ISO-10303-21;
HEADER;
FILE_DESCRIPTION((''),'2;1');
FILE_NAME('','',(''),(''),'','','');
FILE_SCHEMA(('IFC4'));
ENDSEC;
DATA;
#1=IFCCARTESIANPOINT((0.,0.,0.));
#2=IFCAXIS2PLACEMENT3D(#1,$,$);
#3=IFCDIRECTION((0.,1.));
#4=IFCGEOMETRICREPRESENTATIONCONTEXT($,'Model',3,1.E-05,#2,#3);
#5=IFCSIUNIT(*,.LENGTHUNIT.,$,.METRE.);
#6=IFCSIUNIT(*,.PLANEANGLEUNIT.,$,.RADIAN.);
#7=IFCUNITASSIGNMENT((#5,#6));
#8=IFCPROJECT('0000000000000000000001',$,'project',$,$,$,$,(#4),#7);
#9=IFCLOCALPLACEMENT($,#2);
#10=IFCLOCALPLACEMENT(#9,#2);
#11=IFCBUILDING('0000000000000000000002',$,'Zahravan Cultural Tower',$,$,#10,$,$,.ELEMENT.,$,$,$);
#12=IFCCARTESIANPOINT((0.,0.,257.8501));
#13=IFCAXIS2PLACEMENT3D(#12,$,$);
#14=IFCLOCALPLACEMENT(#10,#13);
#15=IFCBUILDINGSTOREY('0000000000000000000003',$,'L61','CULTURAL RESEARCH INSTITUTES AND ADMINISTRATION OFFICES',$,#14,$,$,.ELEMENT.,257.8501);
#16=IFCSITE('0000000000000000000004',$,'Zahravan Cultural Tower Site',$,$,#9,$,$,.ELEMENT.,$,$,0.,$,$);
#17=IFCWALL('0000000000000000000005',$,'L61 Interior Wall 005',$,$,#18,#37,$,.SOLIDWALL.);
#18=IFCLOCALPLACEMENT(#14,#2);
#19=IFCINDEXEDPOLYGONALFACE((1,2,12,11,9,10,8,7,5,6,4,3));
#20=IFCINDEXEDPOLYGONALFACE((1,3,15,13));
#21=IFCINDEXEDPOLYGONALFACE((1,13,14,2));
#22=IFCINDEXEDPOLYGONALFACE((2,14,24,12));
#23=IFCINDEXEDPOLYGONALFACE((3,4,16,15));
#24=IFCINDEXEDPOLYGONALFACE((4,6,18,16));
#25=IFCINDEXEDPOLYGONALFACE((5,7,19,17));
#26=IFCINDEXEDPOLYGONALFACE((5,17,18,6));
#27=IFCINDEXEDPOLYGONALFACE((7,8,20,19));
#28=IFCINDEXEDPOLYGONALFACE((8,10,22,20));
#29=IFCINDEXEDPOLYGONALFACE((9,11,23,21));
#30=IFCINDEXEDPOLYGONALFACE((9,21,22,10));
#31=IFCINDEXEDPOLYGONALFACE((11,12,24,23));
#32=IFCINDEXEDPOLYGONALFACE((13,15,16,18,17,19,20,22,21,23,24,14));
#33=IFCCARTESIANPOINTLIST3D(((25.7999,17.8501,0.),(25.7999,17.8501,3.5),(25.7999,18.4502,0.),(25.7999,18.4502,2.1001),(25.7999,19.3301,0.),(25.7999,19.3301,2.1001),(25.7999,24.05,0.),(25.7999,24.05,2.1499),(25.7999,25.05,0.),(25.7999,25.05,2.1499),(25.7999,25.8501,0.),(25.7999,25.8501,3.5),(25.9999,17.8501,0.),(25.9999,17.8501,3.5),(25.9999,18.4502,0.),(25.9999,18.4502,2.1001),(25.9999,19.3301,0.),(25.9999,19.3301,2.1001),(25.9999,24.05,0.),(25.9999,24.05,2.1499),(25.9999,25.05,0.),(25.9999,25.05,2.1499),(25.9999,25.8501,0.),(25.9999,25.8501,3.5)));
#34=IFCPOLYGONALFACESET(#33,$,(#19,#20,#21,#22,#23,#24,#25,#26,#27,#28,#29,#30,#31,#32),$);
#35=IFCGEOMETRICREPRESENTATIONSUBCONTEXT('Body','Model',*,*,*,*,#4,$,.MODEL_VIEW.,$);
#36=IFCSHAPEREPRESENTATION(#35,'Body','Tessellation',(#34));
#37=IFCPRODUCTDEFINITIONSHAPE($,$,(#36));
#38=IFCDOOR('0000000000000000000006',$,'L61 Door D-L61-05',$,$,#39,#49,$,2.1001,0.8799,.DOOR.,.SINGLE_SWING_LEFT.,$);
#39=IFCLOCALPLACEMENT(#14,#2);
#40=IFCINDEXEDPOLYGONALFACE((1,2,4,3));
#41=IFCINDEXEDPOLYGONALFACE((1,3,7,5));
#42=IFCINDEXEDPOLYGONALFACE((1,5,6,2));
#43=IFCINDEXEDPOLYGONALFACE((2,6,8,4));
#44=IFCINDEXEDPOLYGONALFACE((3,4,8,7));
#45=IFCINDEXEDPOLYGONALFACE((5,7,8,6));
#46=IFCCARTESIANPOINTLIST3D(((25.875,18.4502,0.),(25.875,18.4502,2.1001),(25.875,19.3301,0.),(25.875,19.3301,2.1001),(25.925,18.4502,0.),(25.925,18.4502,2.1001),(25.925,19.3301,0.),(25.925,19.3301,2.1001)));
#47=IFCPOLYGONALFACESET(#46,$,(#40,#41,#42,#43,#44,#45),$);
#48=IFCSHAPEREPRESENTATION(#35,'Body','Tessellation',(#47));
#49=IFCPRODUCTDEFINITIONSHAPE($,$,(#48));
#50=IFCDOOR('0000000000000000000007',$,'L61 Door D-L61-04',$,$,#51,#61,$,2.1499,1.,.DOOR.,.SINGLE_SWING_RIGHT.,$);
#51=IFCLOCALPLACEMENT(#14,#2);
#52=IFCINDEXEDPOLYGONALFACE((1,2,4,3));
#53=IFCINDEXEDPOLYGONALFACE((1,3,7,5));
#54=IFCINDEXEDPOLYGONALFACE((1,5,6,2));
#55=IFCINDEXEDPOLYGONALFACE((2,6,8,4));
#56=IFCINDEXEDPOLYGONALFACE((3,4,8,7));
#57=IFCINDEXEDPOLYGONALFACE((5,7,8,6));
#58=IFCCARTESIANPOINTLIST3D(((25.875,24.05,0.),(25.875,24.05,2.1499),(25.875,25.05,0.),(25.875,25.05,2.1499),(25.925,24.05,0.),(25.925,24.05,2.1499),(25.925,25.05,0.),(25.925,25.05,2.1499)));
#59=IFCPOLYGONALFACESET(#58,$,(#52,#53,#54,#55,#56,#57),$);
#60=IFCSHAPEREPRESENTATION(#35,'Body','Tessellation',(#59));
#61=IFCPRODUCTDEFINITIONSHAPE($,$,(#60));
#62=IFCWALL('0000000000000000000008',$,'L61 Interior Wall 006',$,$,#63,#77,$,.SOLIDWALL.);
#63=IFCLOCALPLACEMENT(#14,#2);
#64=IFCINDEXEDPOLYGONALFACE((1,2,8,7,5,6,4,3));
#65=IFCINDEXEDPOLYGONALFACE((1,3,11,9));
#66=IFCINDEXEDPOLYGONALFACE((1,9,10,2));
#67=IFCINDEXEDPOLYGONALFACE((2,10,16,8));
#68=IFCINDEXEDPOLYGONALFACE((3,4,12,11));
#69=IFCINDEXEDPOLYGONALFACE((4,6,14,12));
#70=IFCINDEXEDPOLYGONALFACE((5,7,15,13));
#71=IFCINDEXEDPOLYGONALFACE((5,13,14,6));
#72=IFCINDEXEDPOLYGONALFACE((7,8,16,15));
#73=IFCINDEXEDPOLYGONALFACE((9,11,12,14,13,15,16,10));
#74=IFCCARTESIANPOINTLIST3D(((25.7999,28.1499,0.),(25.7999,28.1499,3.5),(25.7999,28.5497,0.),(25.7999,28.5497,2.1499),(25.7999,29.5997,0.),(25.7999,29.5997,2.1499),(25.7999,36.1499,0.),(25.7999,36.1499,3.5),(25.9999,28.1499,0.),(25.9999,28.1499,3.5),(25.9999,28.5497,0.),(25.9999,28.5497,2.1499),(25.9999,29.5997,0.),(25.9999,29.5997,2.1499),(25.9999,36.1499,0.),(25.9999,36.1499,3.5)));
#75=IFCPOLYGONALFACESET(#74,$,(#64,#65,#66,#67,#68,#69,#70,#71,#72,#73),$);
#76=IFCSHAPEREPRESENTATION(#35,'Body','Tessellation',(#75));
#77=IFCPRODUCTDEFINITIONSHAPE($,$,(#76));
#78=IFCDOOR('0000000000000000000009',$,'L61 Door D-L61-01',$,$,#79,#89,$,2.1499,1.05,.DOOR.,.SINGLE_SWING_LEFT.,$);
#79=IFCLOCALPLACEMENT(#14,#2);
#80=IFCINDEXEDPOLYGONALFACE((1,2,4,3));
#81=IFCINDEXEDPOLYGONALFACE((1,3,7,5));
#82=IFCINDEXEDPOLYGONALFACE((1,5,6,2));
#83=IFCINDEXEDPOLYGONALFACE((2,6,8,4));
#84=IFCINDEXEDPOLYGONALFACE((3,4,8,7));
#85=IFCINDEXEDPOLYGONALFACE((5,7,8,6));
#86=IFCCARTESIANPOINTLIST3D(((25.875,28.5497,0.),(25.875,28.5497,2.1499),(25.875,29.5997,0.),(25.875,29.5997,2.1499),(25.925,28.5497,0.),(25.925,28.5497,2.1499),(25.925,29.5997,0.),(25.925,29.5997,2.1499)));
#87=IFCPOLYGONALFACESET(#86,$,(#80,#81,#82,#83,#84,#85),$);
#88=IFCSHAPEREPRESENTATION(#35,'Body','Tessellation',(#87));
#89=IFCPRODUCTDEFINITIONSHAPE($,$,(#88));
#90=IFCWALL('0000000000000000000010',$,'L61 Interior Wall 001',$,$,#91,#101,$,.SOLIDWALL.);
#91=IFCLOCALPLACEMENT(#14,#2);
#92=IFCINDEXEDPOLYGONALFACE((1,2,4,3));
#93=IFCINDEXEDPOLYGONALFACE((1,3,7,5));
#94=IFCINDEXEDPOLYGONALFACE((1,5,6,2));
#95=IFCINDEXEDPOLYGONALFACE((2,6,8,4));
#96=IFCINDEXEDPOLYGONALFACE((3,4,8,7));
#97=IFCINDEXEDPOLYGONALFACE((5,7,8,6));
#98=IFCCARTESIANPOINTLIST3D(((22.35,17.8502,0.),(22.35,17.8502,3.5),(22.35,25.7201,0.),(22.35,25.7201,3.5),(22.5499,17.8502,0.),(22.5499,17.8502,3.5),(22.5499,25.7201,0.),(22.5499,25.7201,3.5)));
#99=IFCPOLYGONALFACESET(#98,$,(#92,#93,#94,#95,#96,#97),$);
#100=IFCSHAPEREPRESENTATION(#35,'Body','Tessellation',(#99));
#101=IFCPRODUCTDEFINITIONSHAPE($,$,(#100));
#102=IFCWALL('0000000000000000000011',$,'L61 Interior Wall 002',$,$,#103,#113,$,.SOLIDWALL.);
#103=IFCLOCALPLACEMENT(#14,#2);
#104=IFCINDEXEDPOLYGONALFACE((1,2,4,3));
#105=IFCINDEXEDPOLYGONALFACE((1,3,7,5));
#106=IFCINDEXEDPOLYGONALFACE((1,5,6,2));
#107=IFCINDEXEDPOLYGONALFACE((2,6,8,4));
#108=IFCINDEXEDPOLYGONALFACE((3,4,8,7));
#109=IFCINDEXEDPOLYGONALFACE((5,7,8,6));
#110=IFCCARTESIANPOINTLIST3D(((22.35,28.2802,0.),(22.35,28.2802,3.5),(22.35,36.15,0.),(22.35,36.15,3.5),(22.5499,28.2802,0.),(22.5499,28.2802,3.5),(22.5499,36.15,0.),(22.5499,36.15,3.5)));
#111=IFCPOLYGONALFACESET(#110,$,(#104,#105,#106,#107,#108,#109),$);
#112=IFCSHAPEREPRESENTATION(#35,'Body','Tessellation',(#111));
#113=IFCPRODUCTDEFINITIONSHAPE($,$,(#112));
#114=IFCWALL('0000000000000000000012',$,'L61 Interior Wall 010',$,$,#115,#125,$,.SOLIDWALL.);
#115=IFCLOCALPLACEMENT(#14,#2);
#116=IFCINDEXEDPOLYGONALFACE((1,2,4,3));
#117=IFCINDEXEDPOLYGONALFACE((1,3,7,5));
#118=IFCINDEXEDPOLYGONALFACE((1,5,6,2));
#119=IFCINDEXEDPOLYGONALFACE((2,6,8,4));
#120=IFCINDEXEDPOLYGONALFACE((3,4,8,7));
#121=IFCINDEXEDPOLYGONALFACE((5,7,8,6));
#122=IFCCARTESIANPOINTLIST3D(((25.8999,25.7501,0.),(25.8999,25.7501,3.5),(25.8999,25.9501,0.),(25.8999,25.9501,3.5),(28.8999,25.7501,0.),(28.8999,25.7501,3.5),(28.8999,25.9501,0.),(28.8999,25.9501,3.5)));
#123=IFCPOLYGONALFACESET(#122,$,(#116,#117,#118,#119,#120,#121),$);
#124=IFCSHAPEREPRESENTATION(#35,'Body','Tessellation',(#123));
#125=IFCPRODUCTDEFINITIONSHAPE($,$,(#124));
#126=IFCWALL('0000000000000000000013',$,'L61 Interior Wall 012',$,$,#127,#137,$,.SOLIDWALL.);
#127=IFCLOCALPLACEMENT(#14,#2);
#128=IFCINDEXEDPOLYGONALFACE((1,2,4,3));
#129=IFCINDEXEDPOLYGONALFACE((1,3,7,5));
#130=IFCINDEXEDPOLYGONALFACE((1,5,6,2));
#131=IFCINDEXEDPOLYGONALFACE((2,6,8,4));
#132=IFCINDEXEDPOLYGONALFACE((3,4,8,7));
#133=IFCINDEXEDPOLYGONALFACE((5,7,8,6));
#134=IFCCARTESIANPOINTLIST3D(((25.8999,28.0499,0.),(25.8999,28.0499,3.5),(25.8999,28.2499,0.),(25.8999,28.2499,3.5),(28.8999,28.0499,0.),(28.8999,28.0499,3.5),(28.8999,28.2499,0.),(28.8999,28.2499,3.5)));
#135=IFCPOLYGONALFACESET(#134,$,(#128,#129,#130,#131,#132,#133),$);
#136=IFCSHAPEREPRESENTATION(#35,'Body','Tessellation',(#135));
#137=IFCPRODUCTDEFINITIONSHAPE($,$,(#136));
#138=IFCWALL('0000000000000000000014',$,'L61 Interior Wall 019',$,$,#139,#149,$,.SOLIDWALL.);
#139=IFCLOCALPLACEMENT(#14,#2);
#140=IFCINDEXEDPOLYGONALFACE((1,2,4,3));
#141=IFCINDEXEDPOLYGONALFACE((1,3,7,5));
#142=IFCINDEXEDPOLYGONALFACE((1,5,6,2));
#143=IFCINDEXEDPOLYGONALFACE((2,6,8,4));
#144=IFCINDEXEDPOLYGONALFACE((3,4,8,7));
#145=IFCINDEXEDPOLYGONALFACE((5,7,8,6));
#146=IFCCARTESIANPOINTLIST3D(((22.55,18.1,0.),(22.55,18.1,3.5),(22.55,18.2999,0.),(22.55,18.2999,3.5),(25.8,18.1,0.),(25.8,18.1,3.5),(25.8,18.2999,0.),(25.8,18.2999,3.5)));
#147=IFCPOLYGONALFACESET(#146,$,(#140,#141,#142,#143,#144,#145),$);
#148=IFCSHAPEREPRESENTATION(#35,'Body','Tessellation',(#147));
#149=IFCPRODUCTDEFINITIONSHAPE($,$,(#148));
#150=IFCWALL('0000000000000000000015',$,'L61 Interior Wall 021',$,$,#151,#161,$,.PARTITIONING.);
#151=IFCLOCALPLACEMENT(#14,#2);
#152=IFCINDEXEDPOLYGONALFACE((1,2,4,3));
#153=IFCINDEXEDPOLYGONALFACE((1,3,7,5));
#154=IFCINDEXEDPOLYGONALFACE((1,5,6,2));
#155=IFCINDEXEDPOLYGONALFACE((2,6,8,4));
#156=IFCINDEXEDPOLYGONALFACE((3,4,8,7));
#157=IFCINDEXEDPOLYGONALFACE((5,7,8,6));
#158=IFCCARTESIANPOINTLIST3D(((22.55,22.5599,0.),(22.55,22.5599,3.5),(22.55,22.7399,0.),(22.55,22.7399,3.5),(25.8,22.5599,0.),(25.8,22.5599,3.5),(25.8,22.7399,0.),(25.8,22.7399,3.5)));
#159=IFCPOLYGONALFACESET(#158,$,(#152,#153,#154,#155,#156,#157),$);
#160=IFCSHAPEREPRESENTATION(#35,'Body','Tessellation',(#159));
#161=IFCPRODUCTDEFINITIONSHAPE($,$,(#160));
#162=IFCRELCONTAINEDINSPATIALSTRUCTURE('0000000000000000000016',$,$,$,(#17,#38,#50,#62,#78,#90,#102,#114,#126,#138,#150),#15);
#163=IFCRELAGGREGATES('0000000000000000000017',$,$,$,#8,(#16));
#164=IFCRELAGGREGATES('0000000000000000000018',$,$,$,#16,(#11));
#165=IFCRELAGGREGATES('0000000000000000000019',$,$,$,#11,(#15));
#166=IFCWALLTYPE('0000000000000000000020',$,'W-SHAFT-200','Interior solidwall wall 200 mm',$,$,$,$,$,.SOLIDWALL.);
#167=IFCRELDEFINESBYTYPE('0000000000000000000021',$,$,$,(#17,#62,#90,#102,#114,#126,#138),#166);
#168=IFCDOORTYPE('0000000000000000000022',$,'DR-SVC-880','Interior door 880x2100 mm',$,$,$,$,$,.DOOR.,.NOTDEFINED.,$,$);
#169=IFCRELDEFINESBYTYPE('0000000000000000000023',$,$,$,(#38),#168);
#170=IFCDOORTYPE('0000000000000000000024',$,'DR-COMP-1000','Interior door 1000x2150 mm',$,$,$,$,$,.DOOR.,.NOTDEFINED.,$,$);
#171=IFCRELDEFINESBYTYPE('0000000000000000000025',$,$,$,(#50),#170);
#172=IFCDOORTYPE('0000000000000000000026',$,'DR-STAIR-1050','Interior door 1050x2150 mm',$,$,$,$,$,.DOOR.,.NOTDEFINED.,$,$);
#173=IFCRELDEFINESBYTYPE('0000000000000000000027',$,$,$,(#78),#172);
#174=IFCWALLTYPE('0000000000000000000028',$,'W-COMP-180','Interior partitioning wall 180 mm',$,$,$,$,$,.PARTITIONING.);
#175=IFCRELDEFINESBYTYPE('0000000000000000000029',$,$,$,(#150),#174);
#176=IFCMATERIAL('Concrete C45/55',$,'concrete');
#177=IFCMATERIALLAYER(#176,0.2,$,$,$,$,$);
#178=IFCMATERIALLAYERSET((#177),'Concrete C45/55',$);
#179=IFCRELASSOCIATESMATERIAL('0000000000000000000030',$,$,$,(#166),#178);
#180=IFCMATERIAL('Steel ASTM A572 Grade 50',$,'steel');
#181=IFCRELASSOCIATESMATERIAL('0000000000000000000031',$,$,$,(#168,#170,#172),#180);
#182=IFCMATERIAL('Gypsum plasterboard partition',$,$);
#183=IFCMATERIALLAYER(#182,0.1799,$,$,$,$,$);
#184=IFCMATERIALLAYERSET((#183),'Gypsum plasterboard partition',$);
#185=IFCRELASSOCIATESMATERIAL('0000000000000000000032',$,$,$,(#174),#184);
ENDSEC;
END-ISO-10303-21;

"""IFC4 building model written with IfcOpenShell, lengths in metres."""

from ifc_helpers import new_model, si_unit, direction, frame, frame_2d, origin, place, context, subcontext, project, spatial, rectangle, extrude, source, transform, mapped, material, layer, layer_set, type_object, element, fill, save


model = new_model("IFC4")

# Units and contexts
model_context = context("Model", 3, precision=1e-05, world=origin(), true_north=direction((0.0, 1.0)))
body_context = subcontext(model_context, "Body", "Model", "MODEL_VIEW")
ifc_project = project(units=[si_unit("LENGTHUNIT", "METRE"), si_unit("PLANEANGLEUNIT", "RADIAN")], contexts=[model_context])

# Site, building, storey
site_placement = place(None, origin())
site = spatial("IfcSite", under=ifc_project, at=site_placement, Name="Zahravan Cultural Tower Site", CompositionType="ELEMENT", RefElevation=0.0)
building_placement = place(site_placement, origin())
building = spatial("IfcBuilding", under=site, at=building_placement, Name="Zahravan Cultural Tower", CompositionType="ELEMENT")
storey_placement = place(building_placement, frame((0.0, 0.0, 257.8501)))
storey = spatial("IfcBuildingStorey", under=building, at=storey_placement, Name="L61", Description="CULTURAL RESEARCH INSTITUTES AND ADMINISTRATION OFFICES", CompositionType="ELEMENT", Elevation=257.8501)

# Shared definitions
ifc_material_1 = material(Name="Steel ASTM A572 Grade 50", Category="steel")
ifc_material_2 = material(Name="Gypsum plasterboard partition")

# Wall, openings, doors
ifc_material_3 = material(Name="Concrete C45/55", Category="concrete")
ifc_layer_1 = layer(ifc_material_3, 0.2)
ifc_layer_set_1 = layer_set([ifc_layer_1], Name="Concrete C45/55")
wall_type_1 = type_object("IfcWallType", Name="W-SHAFT-200", Description="Interior solidwall wall 200 mm", PredefinedType="SOLIDWALL", material=ifc_layer_set_1)
wall_1_placement = place(storey_placement, frame((25.8999, 17.8501, 0.0), z_axis=(0.0, 0.0, 1.0), x_axis=(0.0, 1.0, 0.0)))
wall_1 = element("IfcWall", 1, at=wall_1_placement, inside=storey, type_object=wall_type_1, Name="L61 Interior Wall 005", PredefinedType="SOLIDWALL", context=body_context, shape_type="SweptSolid", body=[
    extrude(rectangle(XDim=8.0, YDim=0.2, at=frame_2d((4.0, 0.0))), origin(), (0.0, 0.0, 1.0), 3.5),
])
opening_1_placement = place(wall_1_placement, frame((6.2, 0.0, 0.0)))
opening_1 = element("IfcOpeningElement", 2, at=opening_1_placement, cuts=wall_1, PredefinedType="OPENING", context=body_context, shape_type="SweptSolid", body=[
    extrude(rectangle(XDim=1.0, YDim=2.1499, at=frame_2d((0.5, 1.075))), frame((0.0, 0.1099, 0.0), z_axis=(0.0, -1.0, 0.0), x_axis=(1.0, 0.0, 0.0)), (0.0, 0.0, 1.0), 0.22),
])
opening_2_placement = place(wall_1_placement, frame((0.6001, 0.0, 0.0)))
opening_2 = element("IfcOpeningElement", 3, at=opening_2_placement, cuts=wall_1, PredefinedType="OPENING", context=body_context, shape_type="SweptSolid", body=[
    extrude(rectangle(XDim=0.8799, YDim=2.1001, at=frame_2d((0.4399, 1.05))), frame((0.0, 0.1099, 0.0), z_axis=(0.0, -1.0, 0.0), x_axis=(1.0, 0.0, 0.0)), (0.0, 0.0, 1.0), 0.22),
])
door_type_1 = type_object("IfcDoorType", Name="DR-SVC-880", Description="Interior door 880x2100 mm", OperationType="NOTDEFINED", PredefinedType="DOOR", material=ifc_material_1)
shared_shape_1 = source(origin(), body_context, "Body", "SweptSolid", [
    extrude(rectangle(XDim=0.8799, YDim=2.1001, at=frame_2d((0.4399, 1.05))), frame((0.0, 0.0249, 0.0), z_axis=(0.0, -1.0, 0.0), x_axis=(1.0, 0.0, 0.0)), (0.0, 0.0, 1.0), 0.05),
])
door_1_placement = place(opening_2_placement, origin())
door_1 = element("IfcDoor", 4, at=door_1_placement, inside=storey, type_object=door_type_1, Name="L61 Door D-L61-05", OperationType="SINGLE_SWING_LEFT", OverallHeight=2.1001, OverallWidth=0.8799, PredefinedType="DOOR", context=body_context, shape_type="MappedRepresentation", body=[
    mapped(shared_shape_1, transform((0.0, 0.0, 0.0), x_axis=(1.0, 0.0, 0.0), y_axis=(0.0, 1.0, 0.0), z_axis=(0.0, 0.0, 1.0), scale=1.0)),
])
fill(opening_2, door_1)
door_type_2 = type_object("IfcDoorType", Name="DR-COMP-1000", Description="Interior door 1000x2150 mm", OperationType="NOTDEFINED", PredefinedType="DOOR", material=ifc_material_1)
shared_shape_2 = source(origin(), body_context, "Body", "SweptSolid", [
    extrude(rectangle(XDim=1.0, YDim=2.1499, at=frame_2d((0.5, 1.075))), frame((0.0, 0.0249, 0.0), z_axis=(0.0, -1.0, 0.0), x_axis=(1.0, 0.0, 0.0)), (0.0, 0.0, 1.0), 0.05),
])
door_2_placement = place(opening_1_placement, origin())
door_2 = element("IfcDoor", 5, at=door_2_placement, inside=storey, type_object=door_type_2, Name="L61 Door D-L61-04", OperationType="SINGLE_SWING_RIGHT", OverallHeight=2.1499, OverallWidth=1.0, PredefinedType="DOOR", context=body_context, shape_type="MappedRepresentation", body=[
    mapped(shared_shape_2, transform((0.0, 0.0, 0.0), x_axis=(1.0, 0.0, 0.0), y_axis=(0.0, 1.0, 0.0), z_axis=(0.0, 0.0, 1.0), scale=1.0)),
])
fill(opening_1, door_2)

# Wall, opening, door
wall_2_placement = place(storey_placement, frame((25.8999, 28.1499, 0.0), z_axis=(0.0, 0.0, 1.0), x_axis=(0.0, 1.0, 0.0)))
wall_2 = element("IfcWall", 6, at=wall_2_placement, inside=storey, type_object=wall_type_1, Name="L61 Interior Wall 006", PredefinedType="SOLIDWALL", context=body_context, shape_type="SweptSolid", body=[
    extrude(rectangle(XDim=8.0, YDim=0.2, at=frame_2d((4.0, 0.0))), origin(), (0.0, 0.0, 1.0), 3.5),
])
opening_3_placement = place(wall_2_placement, frame((0.3999, 0.0, 0.0)))
opening_3 = element("IfcOpeningElement", 7, at=opening_3_placement, cuts=wall_2, PredefinedType="OPENING", context=body_context, shape_type="SweptSolid", body=[
    extrude(rectangle(XDim=1.05, YDim=2.1499, at=frame_2d((0.5249, 1.075))), frame((0.0, 0.1099, 0.0), z_axis=(0.0, -1.0, 0.0), x_axis=(1.0, 0.0, 0.0)), (0.0, 0.0, 1.0), 0.22),
])
door_type_3 = type_object("IfcDoorType", Name="DR-STAIR-1050", Description="Interior door 1050x2150 mm", OperationType="NOTDEFINED", PredefinedType="DOOR", material=ifc_material_1)
shared_shape_3 = source(origin(), body_context, "Body", "SweptSolid", [
    extrude(rectangle(XDim=1.05, YDim=2.1499, at=frame_2d((0.5249, 1.075))), frame((0.0, 0.0249, 0.0), z_axis=(0.0, -1.0, 0.0), x_axis=(1.0, 0.0, 0.0)), (0.0, 0.0, 1.0), 0.05),
])
door_3_placement = place(opening_3_placement, origin())
door_3 = element("IfcDoor", 8, at=door_3_placement, inside=storey, type_object=door_type_3, Name="L61 Door D-L61-01", OperationType="SINGLE_SWING_LEFT", OverallHeight=2.1499, OverallWidth=1.05, PredefinedType="DOOR", context=body_context, shape_type="MappedRepresentation", body=[
    mapped(shared_shape_3, transform((0.0, 0.0, 0.0), x_axis=(1.0, 0.0, 0.0), y_axis=(0.0, 1.0, 0.0), z_axis=(0.0, 0.0, 1.0), scale=1.0)),
])
fill(opening_3, door_3)

# Walls
shared_shape_4 = source(origin(), body_context, "Body", "SweptSolid", [
    extrude(rectangle(XDim=7.8699, YDim=0.2, at=frame_2d((3.9351, 0.0))), origin(), (0.0, 0.0, 1.0), 3.5),
])
for number, where, z_axis, x_axis, name in (
    (9, (22.45, 17.8501, 0.0), (0.0, 0.0, 1.0), (0.0, 1.0, 0.0), "L61 Interior Wall 001"),
    (10, (22.45, 28.28, 0.0), (0.0, 0.0, 1.0), (0.0, 1.0, 0.0), "L61 Interior Wall 002"),
):
    element("IfcWall", number, at=place(storey_placement, frame(where, z_axis=z_axis, x_axis=x_axis)), inside=storey, type_object=wall_type_1, Name=name, PredefinedType="SOLIDWALL", context=body_context, shape_type="MappedRepresentation", body=[
        mapped(shared_shape_4, transform((0.0, 0.0, 0.0), x_axis=(1.0, 0.0, 0.0), y_axis=(0.0, 1.0, 0.0), z_axis=(0.0, 0.0, 1.0), scale=1.0)),
    ])
shared_shape_5 = source(origin(), body_context, "Body", "SweptSolid", [
    extrude(rectangle(XDim=3.0, YDim=0.2, at=frame_2d((1.5, 0.0))), origin(), (0.0, 0.0, 1.0), 3.5),
])
for number, where, z_axis, x_axis, name in (
    (11, (25.8999, 25.8501, 0.0), (0.0, 0.0, 1.0), (1.0, 0.0, 0.0), "L61 Interior Wall 010"),
    (12, (25.8999, 28.1499, 0.0), (0.0, 0.0, 1.0), (1.0, 0.0, 0.0), "L61 Interior Wall 012"),
):
    element("IfcWall", number, at=place(storey_placement, frame(where, z_axis=z_axis, x_axis=x_axis)), inside=storey, type_object=wall_type_1, Name=name, PredefinedType="SOLIDWALL", context=body_context, shape_type="MappedRepresentation", body=[
        mapped(shared_shape_5, transform((0.0, 0.0, 0.0), x_axis=(1.0, 0.0, 0.0), y_axis=(0.0, 1.0, 0.0), z_axis=(0.0, 0.0, 1.0), scale=1.0)),
    ])
shared_shape_6 = source(origin(), body_context, "Body", "SweptSolid", [
    extrude(rectangle(XDim=3.25, YDim=0.2, at=frame_2d((1.625, 0.0))), origin(), (0.0, 0.0, 1.0), 3.5),
])
wall_3_placement = place(storey_placement, frame((22.55, 18.2, 0.0), z_axis=(0.0, 0.0, 1.0), x_axis=(1.0, 0.0, 0.0)))
element("IfcWall", 13, at=wall_3_placement, inside=storey, type_object=wall_type_1, Name="L61 Interior Wall 019", PredefinedType="SOLIDWALL", context=body_context, shape_type="MappedRepresentation", body=[
    mapped(shared_shape_6, transform((0.0, 0.0, 0.0), x_axis=(1.0, 0.0, 0.0), y_axis=(0.0, 1.0, 0.0), z_axis=(0.0, 0.0, 1.0), scale=1.0)),
])
ifc_layer_2 = layer(ifc_material_2, 0.1799)
ifc_layer_set_2 = layer_set([ifc_layer_2], Name="Gypsum plasterboard partition")
wall_type_2 = type_object("IfcWallType", Name="W-COMP-180", Description="Interior partitioning wall 180 mm", PredefinedType="PARTITIONING", material=ifc_layer_set_2)
shared_shape_7 = source(origin(), body_context, "Body", "SweptSolid", [
    extrude(rectangle(XDim=3.25, YDim=0.1799, at=frame_2d((1.625, 0.0))), origin(), (0.0, 0.0, 1.0), 3.5),
])
wall_4_placement = place(storey_placement, frame((22.55, 22.6499, 0.0), z_axis=(0.0, 0.0, 1.0), x_axis=(1.0, 0.0, 0.0)))
element("IfcWall", 14, at=wall_4_placement, inside=storey, type_object=wall_type_2, Name="L61 Interior Wall 021", PredefinedType="PARTITIONING", context=body_context, shape_type="MappedRepresentation", body=[
    mapped(shared_shape_7, transform((0.0, 0.0, 0.0), x_axis=(1.0, 0.0, 0.0), y_axis=(0.0, 1.0, 0.0), z_axis=(0.0, 0.0, 1.0), scale=1.0)),
])

save(model, "model.ifc")
